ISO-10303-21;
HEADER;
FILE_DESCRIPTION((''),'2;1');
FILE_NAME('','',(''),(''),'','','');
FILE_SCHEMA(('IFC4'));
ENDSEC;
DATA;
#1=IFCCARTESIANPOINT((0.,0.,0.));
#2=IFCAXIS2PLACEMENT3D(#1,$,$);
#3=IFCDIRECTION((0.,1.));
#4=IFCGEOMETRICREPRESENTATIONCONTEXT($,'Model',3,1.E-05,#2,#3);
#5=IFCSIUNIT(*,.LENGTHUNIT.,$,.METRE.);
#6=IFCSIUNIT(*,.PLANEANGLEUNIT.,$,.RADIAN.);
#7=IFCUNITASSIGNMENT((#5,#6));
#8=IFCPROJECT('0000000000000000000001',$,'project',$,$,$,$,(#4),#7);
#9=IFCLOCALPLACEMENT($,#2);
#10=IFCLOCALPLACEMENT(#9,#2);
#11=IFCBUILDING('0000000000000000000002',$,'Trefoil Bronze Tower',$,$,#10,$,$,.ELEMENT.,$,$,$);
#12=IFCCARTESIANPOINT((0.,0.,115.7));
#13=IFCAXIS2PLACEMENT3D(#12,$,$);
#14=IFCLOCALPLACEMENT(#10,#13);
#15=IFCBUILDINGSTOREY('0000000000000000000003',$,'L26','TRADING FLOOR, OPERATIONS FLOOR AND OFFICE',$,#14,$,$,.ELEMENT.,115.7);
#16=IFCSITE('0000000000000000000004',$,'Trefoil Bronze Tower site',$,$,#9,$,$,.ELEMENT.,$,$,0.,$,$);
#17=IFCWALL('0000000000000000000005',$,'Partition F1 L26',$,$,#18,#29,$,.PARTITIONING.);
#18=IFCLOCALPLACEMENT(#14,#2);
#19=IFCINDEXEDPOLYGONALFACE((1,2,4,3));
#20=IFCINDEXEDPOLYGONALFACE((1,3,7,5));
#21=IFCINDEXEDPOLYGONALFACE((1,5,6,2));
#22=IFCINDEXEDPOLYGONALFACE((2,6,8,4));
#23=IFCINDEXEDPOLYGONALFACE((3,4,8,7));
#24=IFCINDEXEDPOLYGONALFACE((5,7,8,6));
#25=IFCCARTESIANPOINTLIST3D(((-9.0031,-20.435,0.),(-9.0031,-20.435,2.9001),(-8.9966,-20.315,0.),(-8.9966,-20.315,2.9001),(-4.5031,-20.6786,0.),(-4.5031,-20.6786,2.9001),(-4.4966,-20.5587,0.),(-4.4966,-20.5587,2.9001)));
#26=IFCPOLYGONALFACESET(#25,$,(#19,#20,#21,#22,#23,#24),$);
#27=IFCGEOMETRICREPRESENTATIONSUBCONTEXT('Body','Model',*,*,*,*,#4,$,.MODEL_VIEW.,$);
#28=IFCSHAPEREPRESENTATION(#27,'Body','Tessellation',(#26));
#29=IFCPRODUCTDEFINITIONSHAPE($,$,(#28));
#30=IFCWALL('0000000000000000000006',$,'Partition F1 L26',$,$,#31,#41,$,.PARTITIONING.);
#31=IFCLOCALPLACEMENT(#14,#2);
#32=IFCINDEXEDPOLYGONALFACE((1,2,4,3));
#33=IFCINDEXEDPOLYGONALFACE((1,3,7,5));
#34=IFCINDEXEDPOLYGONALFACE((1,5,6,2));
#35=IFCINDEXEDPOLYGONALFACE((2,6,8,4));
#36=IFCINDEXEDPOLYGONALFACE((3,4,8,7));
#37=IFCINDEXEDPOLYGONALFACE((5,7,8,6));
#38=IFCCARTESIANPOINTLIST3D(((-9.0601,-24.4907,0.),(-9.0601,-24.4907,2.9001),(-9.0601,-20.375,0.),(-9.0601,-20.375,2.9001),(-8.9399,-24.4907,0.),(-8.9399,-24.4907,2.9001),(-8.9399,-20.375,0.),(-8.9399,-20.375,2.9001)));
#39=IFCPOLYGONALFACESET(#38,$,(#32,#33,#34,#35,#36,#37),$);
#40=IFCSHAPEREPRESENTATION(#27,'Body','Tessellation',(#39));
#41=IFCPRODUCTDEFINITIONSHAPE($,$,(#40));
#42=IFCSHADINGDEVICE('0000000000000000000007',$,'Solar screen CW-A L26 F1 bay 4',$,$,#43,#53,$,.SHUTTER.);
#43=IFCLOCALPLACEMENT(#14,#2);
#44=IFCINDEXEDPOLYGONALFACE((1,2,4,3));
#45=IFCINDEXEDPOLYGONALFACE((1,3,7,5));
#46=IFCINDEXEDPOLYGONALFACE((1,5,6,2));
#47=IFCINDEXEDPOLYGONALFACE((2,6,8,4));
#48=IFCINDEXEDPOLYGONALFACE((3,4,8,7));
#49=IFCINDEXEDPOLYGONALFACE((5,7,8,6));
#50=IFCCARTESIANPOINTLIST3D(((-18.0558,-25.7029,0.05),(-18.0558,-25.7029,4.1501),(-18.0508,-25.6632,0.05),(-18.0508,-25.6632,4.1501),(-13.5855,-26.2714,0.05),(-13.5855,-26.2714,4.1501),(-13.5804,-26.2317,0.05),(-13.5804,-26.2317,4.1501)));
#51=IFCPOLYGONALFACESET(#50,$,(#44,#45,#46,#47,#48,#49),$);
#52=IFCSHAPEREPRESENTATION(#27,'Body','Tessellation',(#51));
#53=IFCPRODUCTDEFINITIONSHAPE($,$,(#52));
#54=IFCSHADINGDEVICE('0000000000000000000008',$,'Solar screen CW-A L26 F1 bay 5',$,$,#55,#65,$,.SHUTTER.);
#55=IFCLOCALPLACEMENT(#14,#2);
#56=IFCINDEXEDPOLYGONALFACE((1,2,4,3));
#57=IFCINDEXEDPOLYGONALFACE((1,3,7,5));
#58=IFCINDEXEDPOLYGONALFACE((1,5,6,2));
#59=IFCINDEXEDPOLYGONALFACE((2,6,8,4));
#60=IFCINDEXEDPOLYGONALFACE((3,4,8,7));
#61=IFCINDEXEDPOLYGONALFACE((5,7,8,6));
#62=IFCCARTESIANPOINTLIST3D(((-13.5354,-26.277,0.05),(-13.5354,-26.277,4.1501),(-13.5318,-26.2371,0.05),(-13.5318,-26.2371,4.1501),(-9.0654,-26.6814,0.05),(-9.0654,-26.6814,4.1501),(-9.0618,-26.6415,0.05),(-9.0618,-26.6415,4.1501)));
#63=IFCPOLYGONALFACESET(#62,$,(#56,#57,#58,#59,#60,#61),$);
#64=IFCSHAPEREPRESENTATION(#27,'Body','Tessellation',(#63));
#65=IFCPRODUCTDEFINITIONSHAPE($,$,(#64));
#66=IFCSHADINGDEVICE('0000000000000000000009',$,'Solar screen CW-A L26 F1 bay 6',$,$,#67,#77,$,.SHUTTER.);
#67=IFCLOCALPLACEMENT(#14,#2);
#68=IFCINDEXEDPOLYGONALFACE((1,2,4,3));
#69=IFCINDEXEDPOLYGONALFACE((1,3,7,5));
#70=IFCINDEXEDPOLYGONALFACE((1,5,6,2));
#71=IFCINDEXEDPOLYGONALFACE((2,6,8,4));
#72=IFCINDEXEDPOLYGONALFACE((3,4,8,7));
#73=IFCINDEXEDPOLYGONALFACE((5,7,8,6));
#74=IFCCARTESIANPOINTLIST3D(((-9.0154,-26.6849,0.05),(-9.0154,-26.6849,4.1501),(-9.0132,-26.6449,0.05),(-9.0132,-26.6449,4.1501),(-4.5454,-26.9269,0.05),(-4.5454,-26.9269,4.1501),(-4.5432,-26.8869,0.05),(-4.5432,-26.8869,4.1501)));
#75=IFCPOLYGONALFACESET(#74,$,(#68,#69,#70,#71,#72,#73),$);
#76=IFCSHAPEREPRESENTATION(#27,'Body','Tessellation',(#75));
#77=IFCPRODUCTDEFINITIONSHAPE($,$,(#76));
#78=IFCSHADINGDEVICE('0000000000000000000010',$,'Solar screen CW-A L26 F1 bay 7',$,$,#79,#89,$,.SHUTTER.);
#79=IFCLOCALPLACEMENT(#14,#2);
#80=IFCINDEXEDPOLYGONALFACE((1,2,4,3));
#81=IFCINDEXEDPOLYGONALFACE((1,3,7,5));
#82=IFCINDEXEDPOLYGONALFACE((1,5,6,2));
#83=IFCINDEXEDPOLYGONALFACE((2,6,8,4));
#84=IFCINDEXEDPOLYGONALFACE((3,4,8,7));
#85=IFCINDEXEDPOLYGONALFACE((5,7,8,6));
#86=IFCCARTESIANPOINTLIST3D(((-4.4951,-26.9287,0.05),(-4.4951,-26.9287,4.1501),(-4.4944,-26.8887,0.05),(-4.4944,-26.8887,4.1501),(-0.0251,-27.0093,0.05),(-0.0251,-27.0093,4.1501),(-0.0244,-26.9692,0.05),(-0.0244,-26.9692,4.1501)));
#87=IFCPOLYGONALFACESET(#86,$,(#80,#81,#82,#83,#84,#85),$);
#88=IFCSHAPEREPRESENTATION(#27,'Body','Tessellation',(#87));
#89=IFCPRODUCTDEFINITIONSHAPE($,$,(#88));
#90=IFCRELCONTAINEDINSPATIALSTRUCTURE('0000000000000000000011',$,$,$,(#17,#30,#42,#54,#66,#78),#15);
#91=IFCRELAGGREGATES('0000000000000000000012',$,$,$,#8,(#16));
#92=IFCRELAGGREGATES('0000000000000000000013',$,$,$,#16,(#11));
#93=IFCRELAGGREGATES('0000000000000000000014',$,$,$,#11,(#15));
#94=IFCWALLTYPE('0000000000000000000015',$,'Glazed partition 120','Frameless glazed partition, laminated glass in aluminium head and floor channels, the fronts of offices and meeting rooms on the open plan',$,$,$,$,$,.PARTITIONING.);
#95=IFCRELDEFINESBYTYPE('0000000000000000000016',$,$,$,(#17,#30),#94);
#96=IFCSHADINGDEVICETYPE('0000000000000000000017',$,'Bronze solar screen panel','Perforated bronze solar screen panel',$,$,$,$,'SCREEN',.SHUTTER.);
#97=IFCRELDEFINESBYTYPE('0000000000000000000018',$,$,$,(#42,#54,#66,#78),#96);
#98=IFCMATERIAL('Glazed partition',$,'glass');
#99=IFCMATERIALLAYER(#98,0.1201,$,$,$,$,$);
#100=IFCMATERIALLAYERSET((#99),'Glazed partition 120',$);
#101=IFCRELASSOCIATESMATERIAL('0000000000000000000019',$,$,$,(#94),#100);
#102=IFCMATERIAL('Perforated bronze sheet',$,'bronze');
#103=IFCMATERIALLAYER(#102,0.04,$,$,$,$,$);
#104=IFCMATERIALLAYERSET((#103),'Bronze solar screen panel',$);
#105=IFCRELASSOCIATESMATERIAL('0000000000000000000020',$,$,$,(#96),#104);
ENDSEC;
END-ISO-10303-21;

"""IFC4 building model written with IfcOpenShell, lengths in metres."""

from ifc_helpers import new_model, si_unit, direction, frame, frame_2d, origin, origin_2d, place, context, subcontext, project, spatial, rectangle, extrude, material, layer, layer_set, type_object, element, save


model = new_model("IFC4")

# Units and contexts
model_context = context("Model", 3, precision=1e-05, world=origin(), true_north=direction((0.0, 1.0)))
body_context = subcontext(model_context, "Body", "Model", "MODEL_VIEW")
ifc_project = project(units=[si_unit("LENGTHUNIT", "METRE"), si_unit("PLANEANGLEUNIT", "RADIAN")], contexts=[model_context])

# Site, building, storey
site_placement = place(None, origin())
site = spatial("IfcSite", under=ifc_project, at=site_placement, Name="Trefoil Bronze Tower site", CompositionType="ELEMENT", RefElevation=0.0)
building_placement = place(site_placement, origin())
building = spatial("IfcBuilding", under=site, at=building_placement, Name="Trefoil Bronze Tower", CompositionType="ELEMENT")
storey_placement = place(building_placement, frame((0.0, 0.0, 115.7)))
storey = spatial("IfcBuildingStorey", under=building, at=storey_placement, Name="L26", Description="TRADING FLOOR, OPERATIONS FLOOR AND OFFICE", CompositionType="ELEMENT", Elevation=115.7)

# Shared definitions
ifc_material_1 = material(Name="Glazed partition", Category="glass")
ifc_layer_1 = layer(ifc_material_1, 0.1201)
ifc_layer_set_1 = layer_set([ifc_layer_1], Name="Glazed partition 120")
wall_type = type_object("IfcWallType", Name="Glazed partition 120", Description="Frameless glazed partition, laminated glass in aluminium head and floor channels, the fronts of offices and meeting rooms on the open plan", PredefinedType="PARTITIONING", material=ifc_layer_set_1)

# Walls
wall_1_placement = place(storey_placement, frame((-9.0, -20.375, 0.0), z_axis=(0.0, 0.0, 1.0), x_axis=(0.998537, -0.054066, 0.0)))
element("IfcWall", 1, at=wall_1_placement, inside=storey, type_object=wall_type, Name="Partition F1 L26", PredefinedType="PARTITIONING", context=body_context, shape_type="SweptSolid", body=[
    extrude(rectangle(XDim=4.5066, YDim=0.1201, at=frame_2d((2.2534, 0.0))), origin(), (0.0, 0.0, 1.0), 2.9001),
])
wall_2_placement = place(storey_placement, frame((-9.0, -20.375, 0.0), z_axis=(0.0, 0.0, 1.0), x_axis=(0.0, -1.0, 0.0)))
element("IfcWall", 2, at=wall_2_placement, inside=storey, type_object=wall_type, Name="Partition F1 L26", PredefinedType="PARTITIONING", context=body_context, shape_type="SweptSolid", body=[
    extrude(rectangle(XDim=4.1157, YDim=0.1201, at=frame_2d((2.0579, 0.0))), origin(), (0.0, 0.0, 1.0), 2.9001),
])

# Shading devices
ifc_material_2 = material(Name="Perforated bronze sheet", Category="bronze")
ifc_layer_2 = layer(ifc_material_2, 0.04)
ifc_layer_set_2 = layer_set([ifc_layer_2], Name="Bronze solar screen panel")
shading_device_type = type_object("IfcShadingDeviceType", Name="Bronze solar screen panel", Description="Perforated bronze solar screen panel", ElementType="SCREEN", PredefinedType="SHUTTER", material=ifc_layer_set_2)
shading_device_1_placement = place(storey_placement, frame((-15.8181, -25.9673, 0.05), z_axis=(0.0, 0.0, 1.0), x_axis=(0.992012, -0.126147, 0.0)))
element("IfcShadingDevice", 3, at=shading_device_1_placement, inside=storey, type_object=shading_device_type, Name="Solar screen CW-A L26 F1 bay 4", PredefinedType="SHUTTER", context=body_context, shape_type="SweptSolid", body=[
    extrude(rectangle(XDim=4.5063, YDim=0.04, at=origin_2d()), origin(), (0.0, 0.0, 1.0), 4.1001),
])
shading_device_2_placement = place(storey_placement, frame((-11.2986, -26.4592, 0.05), z_axis=(0.0, 0.0, 1.0), x_axis=(0.995932, -0.090105, 0.0)))
element("IfcShadingDevice", 4, at=shading_device_2_placement, inside=storey, type_object=shading_device_type, Name="Solar screen CW-A L26 F1 bay 5", PredefinedType="SHUTTER", context=body_context, shape_type="SweptSolid", body=[
    extrude(rectangle(XDim=4.4883, YDim=0.04, at=origin_2d()), origin(), (0.0, 0.0, 1.0), 4.1001),
])
shading_device_3_placement = place(storey_placement, frame((-6.7793, -26.7859, 0.05), z_axis=(0.0, 0.0, 1.0), x_axis=(0.998538, -0.054063, 0.0)))
element("IfcShadingDevice", 5, at=shading_device_3_placement, inside=storey, type_object=shading_device_type, Name="Solar screen CW-A L26 F1 bay 6", PredefinedType="SHUTTER", context=body_context, shape_type="SweptSolid", body=[
    extrude(rectangle(XDim=4.4766, YDim=0.04, at=origin_2d()), origin(), (0.0, 0.0, 1.0), 4.1001),
])
shading_device_4_placement = place(storey_placement, frame((-2.2598, -26.949, 0.05), z_axis=(0.0, 0.0, 1.0), x_axis=(0.999838, -0.018021, 0.0)))
element("IfcShadingDevice", 6, at=shading_device_4_placement, inside=storey, type_object=shading_device_type, Name="Solar screen CW-A L26 F1 bay 7", PredefinedType="SHUTTER", context=body_context, shape_type="SweptSolid", body=[
    extrude(rectangle(XDim=4.4707, YDim=0.04, at=origin_2d()), origin(), (0.0, 0.0, 1.0), 4.1001),
])

save(model, "model.ifc")
